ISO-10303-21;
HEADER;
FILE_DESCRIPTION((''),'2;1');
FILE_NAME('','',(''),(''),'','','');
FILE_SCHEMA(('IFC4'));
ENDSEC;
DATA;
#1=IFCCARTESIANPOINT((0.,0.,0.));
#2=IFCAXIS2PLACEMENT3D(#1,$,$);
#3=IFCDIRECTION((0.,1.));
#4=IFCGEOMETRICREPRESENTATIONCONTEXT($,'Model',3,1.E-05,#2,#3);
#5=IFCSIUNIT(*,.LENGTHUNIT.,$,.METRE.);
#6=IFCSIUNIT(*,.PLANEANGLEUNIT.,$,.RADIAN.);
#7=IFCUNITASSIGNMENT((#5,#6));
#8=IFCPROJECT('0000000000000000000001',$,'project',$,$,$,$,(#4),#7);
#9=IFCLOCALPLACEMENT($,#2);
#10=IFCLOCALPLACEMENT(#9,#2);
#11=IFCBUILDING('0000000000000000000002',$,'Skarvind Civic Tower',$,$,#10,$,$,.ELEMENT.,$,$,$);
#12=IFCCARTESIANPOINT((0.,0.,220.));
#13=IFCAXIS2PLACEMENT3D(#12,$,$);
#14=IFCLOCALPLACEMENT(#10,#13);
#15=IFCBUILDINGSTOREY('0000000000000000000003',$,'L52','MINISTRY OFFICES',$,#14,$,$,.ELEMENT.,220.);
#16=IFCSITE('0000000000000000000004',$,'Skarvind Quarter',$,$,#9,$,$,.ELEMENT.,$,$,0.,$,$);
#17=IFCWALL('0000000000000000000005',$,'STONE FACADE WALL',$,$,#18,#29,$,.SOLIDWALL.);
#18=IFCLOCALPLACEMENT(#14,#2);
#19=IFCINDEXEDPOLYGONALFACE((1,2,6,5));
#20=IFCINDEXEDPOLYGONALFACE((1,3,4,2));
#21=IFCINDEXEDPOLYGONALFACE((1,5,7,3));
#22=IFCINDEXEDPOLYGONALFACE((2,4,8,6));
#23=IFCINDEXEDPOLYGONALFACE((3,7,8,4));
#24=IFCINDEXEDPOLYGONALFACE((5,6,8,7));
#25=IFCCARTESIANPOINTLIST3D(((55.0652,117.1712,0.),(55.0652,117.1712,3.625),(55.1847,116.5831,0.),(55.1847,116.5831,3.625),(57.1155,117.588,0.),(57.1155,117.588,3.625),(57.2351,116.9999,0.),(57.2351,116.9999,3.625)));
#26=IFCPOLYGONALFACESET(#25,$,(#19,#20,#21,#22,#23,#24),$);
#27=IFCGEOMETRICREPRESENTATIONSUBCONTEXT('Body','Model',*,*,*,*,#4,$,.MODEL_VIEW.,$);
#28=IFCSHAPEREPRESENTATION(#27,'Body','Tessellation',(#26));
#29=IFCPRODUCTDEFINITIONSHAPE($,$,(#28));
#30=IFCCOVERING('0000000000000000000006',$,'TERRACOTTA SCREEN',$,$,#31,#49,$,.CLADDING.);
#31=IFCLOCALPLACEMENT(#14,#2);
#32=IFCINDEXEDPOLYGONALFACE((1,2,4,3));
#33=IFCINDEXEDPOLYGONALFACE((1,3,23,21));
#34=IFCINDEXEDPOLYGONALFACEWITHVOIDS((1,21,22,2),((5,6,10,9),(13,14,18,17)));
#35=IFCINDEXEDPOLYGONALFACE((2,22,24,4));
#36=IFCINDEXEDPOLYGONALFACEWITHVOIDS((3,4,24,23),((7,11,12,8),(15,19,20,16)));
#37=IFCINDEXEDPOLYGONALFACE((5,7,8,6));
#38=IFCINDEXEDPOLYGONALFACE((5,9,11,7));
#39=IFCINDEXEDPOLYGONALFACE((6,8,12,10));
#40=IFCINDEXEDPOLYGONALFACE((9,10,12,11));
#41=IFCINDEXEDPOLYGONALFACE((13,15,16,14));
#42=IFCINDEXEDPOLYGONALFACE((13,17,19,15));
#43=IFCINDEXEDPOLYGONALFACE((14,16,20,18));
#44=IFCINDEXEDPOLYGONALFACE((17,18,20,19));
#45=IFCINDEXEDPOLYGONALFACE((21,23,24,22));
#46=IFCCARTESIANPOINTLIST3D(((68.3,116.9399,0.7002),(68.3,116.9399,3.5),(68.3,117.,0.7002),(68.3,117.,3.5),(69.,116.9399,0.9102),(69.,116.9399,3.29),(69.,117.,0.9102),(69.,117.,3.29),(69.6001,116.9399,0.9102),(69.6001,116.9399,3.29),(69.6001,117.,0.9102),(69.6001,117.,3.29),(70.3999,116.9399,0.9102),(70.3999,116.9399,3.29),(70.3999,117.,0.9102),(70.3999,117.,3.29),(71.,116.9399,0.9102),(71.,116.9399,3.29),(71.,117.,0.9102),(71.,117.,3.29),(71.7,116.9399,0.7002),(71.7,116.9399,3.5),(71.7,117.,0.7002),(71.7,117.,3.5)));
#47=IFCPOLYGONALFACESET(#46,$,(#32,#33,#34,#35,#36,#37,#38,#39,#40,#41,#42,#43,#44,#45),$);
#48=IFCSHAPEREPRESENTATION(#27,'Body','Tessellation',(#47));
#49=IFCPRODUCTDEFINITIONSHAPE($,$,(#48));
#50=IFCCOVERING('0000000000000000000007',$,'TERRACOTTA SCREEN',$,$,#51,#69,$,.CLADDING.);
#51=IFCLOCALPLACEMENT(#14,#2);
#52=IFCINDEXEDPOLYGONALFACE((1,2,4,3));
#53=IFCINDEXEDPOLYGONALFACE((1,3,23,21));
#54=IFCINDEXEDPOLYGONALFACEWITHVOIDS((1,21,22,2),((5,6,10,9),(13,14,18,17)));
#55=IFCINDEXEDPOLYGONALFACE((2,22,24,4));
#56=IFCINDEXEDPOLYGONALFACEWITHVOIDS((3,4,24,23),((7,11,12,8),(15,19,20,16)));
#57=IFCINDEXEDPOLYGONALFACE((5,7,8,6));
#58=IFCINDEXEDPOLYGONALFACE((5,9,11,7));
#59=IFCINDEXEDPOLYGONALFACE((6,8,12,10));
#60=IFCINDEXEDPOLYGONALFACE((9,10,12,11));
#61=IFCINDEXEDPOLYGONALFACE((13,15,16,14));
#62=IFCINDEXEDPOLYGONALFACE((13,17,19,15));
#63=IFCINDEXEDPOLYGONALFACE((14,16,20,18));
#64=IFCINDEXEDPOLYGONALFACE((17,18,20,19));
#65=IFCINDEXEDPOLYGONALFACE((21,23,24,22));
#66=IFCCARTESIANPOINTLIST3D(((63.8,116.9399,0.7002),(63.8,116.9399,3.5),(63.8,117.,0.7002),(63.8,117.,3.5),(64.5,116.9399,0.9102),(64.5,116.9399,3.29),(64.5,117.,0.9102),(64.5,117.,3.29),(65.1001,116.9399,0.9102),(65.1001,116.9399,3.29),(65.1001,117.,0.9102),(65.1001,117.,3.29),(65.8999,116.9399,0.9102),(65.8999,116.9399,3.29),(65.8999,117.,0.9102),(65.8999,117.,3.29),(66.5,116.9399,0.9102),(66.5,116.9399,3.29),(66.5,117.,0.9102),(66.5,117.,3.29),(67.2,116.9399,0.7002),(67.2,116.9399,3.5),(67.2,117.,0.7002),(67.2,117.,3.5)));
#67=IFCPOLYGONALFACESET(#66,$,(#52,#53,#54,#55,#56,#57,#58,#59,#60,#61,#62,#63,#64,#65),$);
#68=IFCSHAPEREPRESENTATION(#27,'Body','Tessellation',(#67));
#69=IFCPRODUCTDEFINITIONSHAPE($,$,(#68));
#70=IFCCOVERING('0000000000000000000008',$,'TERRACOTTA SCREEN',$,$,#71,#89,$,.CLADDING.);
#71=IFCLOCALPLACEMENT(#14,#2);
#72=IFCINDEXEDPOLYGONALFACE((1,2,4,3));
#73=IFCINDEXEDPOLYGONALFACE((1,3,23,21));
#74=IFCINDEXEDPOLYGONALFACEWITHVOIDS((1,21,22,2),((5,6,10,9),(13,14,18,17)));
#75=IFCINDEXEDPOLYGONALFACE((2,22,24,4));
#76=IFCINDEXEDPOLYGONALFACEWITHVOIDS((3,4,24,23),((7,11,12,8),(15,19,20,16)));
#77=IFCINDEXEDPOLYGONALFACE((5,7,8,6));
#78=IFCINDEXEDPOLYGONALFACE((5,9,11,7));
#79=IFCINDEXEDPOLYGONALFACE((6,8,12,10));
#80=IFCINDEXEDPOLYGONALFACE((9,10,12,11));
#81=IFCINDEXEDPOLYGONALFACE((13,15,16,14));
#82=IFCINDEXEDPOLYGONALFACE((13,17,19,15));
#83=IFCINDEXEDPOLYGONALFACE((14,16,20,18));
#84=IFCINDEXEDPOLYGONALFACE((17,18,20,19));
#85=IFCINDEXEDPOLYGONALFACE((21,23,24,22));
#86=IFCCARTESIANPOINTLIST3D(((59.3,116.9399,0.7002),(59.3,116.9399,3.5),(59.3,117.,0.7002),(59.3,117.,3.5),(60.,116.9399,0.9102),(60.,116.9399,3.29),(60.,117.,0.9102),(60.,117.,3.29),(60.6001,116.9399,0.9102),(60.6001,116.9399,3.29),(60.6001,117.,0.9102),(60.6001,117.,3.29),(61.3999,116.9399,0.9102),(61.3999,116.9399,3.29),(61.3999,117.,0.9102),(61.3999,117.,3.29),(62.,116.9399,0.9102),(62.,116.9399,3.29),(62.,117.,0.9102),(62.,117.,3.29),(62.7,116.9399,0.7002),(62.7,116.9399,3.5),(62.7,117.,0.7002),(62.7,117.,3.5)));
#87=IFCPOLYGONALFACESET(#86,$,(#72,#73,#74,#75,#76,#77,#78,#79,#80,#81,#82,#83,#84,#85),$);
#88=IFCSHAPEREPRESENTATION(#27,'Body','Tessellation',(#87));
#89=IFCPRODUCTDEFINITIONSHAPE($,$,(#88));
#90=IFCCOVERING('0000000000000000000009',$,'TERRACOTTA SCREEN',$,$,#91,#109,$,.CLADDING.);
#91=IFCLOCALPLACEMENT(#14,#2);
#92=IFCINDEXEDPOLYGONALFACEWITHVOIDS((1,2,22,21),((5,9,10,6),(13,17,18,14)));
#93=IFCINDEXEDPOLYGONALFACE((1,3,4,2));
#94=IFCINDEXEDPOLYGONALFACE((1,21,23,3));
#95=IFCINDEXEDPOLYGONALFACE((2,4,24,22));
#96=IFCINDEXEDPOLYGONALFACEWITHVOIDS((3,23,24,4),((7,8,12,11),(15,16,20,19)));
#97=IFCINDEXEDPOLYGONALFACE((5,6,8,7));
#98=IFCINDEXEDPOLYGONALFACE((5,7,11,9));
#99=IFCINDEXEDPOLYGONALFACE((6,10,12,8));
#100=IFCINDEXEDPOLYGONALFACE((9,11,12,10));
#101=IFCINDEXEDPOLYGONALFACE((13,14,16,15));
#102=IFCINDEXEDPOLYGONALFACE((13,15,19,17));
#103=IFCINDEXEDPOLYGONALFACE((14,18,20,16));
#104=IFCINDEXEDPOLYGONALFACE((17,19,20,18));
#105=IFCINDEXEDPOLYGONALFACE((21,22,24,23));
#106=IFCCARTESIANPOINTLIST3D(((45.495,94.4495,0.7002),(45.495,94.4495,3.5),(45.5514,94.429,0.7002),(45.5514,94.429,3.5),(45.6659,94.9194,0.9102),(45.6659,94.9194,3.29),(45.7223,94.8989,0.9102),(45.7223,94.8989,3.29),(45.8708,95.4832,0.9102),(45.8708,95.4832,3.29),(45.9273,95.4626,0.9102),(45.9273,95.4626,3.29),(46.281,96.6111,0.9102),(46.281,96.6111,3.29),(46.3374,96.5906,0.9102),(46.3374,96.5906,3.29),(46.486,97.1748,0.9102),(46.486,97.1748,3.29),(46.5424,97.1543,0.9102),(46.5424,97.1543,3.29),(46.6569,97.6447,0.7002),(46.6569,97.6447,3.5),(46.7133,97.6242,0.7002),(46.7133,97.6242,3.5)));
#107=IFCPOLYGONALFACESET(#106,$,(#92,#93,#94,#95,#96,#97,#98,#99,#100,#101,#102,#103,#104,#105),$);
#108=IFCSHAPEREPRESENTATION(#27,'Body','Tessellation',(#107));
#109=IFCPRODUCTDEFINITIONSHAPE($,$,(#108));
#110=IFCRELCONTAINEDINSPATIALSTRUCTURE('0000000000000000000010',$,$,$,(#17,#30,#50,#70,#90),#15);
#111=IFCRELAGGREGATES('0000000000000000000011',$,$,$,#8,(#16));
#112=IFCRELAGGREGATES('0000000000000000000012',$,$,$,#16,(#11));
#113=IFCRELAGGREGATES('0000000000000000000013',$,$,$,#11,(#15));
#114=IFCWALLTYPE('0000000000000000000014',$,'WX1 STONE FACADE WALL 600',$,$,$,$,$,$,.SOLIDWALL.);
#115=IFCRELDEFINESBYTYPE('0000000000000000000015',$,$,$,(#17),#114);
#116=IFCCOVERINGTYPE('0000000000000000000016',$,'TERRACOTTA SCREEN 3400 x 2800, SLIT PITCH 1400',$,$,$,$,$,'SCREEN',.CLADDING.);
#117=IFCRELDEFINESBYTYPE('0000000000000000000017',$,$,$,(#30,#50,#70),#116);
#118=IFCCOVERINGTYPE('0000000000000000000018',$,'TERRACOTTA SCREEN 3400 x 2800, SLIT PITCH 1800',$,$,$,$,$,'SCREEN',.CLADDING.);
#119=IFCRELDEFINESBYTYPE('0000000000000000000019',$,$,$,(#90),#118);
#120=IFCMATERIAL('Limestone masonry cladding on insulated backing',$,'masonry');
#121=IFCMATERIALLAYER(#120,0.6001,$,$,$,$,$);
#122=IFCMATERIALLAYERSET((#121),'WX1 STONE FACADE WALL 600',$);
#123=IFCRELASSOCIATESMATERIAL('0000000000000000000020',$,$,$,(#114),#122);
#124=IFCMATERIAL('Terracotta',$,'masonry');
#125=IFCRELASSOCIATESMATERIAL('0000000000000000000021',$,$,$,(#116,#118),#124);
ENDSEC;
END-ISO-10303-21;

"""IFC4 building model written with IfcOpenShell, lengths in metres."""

from ifc_helpers import new_model, si_unit, direction, frame, frame_2d, origin, place, context, subcontext, project, spatial, polyline, rectangle, outline, extrude, material, layer, layer_set, material_profile, profile_set, type_object, element, save


model = new_model("IFC4")

# Units and contexts
model_context = context("Model", 3, precision=1e-05, world=origin(), true_north=direction((0.0, 1.0)))
body_context = subcontext(model_context, "Body", "Model", "MODEL_VIEW")
ifc_project = project(units=[si_unit("LENGTHUNIT", "METRE"), si_unit("PLANEANGLEUNIT", "RADIAN")], contexts=[model_context])

# Site, building, storey
site_placement = place(None, origin())
site = spatial("IfcSite", under=ifc_project, at=site_placement, Name="Skarvind Quarter", CompositionType="ELEMENT", RefElevation=0.0)
building_placement = place(site_placement, origin())
building = spatial("IfcBuilding", under=site, at=building_placement, Name="Skarvind Civic Tower", CompositionType="ELEMENT")
storey_placement = place(building_placement, frame((0.0, 0.0, 220.0)))
storey = spatial("IfcBuildingStorey", under=building, at=storey_placement, Name="L52", Description="MINISTRY OFFICES", CompositionType="ELEMENT", Elevation=220.0)

# Shared definitions
ifc_material_1 = material(Name="Limestone masonry cladding on insulated backing", Category="masonry")
ifc_layer_1 = layer(ifc_material_1, 0.6001)
ifc_layer_set_1 = layer_set([ifc_layer_1], Name="WX1 STONE FACADE WALL 600")
wall_type_1 = type_object("IfcWallType", Name="WX1 STONE FACADE WALL 600", PredefinedType="SOLIDWALL", material=ifc_layer_set_1)

# Wall
for number, where, z_axis, x_axis, name in (
    (1, (57.1753, 117.2939, 0.0), (0.0, 0.0, 1.0), (-0.979961, -0.199189, 0.0), "STONE FACADE WALL"),
):
    element("IfcWall", number, at=place(storey_placement, frame(where, z_axis=z_axis, x_axis=x_axis)), inside=storey, type_object=wall_type_1, Name=name, PredefinedType="SOLIDWALL", context=body_context, shape_type="SweptSolid", body=[
        extrude(rectangle(XDim=2.0923, YDim=0.6001, at=frame_2d((1.0461, 0.0))), origin(), (0.0, 0.0, 1.0), 3.625),
    ])

# Coverings
ifc_material_2 = material(Name="Terracotta", Category="masonry")
ifc_material_profile_1 = material_profile(ifc_material_2, outline(polyline([(-1.7, -1.3999), (1.7, -1.3999), (1.7, 1.3999), (-1.7, 1.3999), (-1.7, -1.3999)]), holes=[polyline([(-1.0, -1.1899), (-0.3999, -1.1899), (-0.3999, 1.1899), (-1.0, 1.1899), (-1.0, -1.1899)]), polyline([(0.3999, -1.1899), (1.0, -1.1899), (1.0, 1.1899), (0.3999, 1.1899), (0.3999, -1.1899)])]), Name="TERRACOTTA SCREEN 3400 x 2800, SLIT PITCH 1400")
ifc_profile_set_1 = profile_set([ifc_material_profile_1], Name="Terracotta")
covering_type_1 = type_object("IfcCoveringType", Name="TERRACOTTA SCREEN 3400 x 2800, SLIT PITCH 1400", ElementType="SCREEN", PredefinedType="CLADDING", material=ifc_profile_set_1)
for number, where, z_axis, x_axis, name in (
    (2, (70.0, 117.0, 2.1001), (0.0, -1.0, 0.0), (1.0, 0.0, 0.0), "TERRACOTTA SCREEN"),
    (3, (65.5, 117.0, 2.1001), (0.0, -1.0, 0.0), (1.0, 0.0, 0.0), "TERRACOTTA SCREEN"),
    (4, (61.0, 117.0, 2.1001), (0.0, -1.0, 0.0), (1.0, 0.0, 0.0), "TERRACOTTA SCREEN"),
):
    element("IfcCovering", number, at=place(storey_placement, frame(where, z_axis=z_axis, x_axis=x_axis)), inside=storey, type_object=covering_type_1, Name=name, PredefinedType="CLADDING", context=body_context, shape_type="SweptSolid", body=[
        extrude(outline(polyline([(-1.7, -1.3999), (1.7, -1.3999), (1.7, 1.3999), (-1.7, 1.3999), (-1.7, -1.3999)]), holes=[polyline([(-1.0, -1.1899), (-0.3999, -1.1899), (-0.3999, 1.1899), (-1.0, 1.1899), (-1.0, -1.1899)]), polyline([(0.3999, -1.1899), (1.0, -1.1899), (1.0, 1.1899), (0.3999, 1.1899), (0.3999, -1.1899)])]), origin(), (0.0, 0.0, 1.0), 0.0601),
    ])
ifc_material_profile_2 = material_profile(ifc_material_2, outline(polyline([(-1.7, -1.3999), (1.7, -1.3999), (1.7, 1.3999), (-1.7, 1.3999), (-1.7, -1.3999)]), holes=[polyline([(-1.2, -1.1899), (-0.6001, -1.1899), (-0.6001, 1.1899), (-1.2, 1.1899), (-1.2, -1.1899)]), polyline([(0.6001, -1.1899), (1.2, -1.1899), (1.2, 1.1899), (0.6001, 1.1899), (0.6001, -1.1899)])]), Name="TERRACOTTA SCREEN 3400 x 2800, SLIT PITCH 1800")
ifc_profile_set_2 = profile_set([ifc_material_profile_2], Name="Terracotta")
covering_type_2 = type_object("IfcCoveringType", Name="TERRACOTTA SCREEN 3400 x 2800, SLIT PITCH 1800", ElementType="SCREEN", PredefinedType="CLADDING", material=ifc_profile_set_2)
covering_placement = place(storey_placement, frame((46.0759, 96.0471, 2.1001), z_axis=(0.939793, -0.341743, 0.0), x_axis=(0.341743, 0.939793, 0.0)))
element("IfcCovering", 5, at=covering_placement, inside=storey, type_object=covering_type_2, Name="TERRACOTTA SCREEN", PredefinedType="CLADDING", context=body_context, shape_type="SweptSolid", body=[
    extrude(outline(polyline([(-1.7, -1.3999), (1.7, -1.3999), (1.7, 1.3999), (-1.7, 1.3999), (-1.7, -1.3999)]), holes=[polyline([(-1.2, -1.1899), (-0.6001, -1.1899), (-0.6001, 1.1899), (-1.2, 1.1899), (-1.2, -1.1899)]), polyline([(0.6001, -1.1899), (1.2, -1.1899), (1.2, 1.1899), (0.6001, 1.1899), (0.6001, -1.1899)])]), origin(), (0.0, 0.0, 1.0), 0.0601),
])

save(model, "model.ifc")
